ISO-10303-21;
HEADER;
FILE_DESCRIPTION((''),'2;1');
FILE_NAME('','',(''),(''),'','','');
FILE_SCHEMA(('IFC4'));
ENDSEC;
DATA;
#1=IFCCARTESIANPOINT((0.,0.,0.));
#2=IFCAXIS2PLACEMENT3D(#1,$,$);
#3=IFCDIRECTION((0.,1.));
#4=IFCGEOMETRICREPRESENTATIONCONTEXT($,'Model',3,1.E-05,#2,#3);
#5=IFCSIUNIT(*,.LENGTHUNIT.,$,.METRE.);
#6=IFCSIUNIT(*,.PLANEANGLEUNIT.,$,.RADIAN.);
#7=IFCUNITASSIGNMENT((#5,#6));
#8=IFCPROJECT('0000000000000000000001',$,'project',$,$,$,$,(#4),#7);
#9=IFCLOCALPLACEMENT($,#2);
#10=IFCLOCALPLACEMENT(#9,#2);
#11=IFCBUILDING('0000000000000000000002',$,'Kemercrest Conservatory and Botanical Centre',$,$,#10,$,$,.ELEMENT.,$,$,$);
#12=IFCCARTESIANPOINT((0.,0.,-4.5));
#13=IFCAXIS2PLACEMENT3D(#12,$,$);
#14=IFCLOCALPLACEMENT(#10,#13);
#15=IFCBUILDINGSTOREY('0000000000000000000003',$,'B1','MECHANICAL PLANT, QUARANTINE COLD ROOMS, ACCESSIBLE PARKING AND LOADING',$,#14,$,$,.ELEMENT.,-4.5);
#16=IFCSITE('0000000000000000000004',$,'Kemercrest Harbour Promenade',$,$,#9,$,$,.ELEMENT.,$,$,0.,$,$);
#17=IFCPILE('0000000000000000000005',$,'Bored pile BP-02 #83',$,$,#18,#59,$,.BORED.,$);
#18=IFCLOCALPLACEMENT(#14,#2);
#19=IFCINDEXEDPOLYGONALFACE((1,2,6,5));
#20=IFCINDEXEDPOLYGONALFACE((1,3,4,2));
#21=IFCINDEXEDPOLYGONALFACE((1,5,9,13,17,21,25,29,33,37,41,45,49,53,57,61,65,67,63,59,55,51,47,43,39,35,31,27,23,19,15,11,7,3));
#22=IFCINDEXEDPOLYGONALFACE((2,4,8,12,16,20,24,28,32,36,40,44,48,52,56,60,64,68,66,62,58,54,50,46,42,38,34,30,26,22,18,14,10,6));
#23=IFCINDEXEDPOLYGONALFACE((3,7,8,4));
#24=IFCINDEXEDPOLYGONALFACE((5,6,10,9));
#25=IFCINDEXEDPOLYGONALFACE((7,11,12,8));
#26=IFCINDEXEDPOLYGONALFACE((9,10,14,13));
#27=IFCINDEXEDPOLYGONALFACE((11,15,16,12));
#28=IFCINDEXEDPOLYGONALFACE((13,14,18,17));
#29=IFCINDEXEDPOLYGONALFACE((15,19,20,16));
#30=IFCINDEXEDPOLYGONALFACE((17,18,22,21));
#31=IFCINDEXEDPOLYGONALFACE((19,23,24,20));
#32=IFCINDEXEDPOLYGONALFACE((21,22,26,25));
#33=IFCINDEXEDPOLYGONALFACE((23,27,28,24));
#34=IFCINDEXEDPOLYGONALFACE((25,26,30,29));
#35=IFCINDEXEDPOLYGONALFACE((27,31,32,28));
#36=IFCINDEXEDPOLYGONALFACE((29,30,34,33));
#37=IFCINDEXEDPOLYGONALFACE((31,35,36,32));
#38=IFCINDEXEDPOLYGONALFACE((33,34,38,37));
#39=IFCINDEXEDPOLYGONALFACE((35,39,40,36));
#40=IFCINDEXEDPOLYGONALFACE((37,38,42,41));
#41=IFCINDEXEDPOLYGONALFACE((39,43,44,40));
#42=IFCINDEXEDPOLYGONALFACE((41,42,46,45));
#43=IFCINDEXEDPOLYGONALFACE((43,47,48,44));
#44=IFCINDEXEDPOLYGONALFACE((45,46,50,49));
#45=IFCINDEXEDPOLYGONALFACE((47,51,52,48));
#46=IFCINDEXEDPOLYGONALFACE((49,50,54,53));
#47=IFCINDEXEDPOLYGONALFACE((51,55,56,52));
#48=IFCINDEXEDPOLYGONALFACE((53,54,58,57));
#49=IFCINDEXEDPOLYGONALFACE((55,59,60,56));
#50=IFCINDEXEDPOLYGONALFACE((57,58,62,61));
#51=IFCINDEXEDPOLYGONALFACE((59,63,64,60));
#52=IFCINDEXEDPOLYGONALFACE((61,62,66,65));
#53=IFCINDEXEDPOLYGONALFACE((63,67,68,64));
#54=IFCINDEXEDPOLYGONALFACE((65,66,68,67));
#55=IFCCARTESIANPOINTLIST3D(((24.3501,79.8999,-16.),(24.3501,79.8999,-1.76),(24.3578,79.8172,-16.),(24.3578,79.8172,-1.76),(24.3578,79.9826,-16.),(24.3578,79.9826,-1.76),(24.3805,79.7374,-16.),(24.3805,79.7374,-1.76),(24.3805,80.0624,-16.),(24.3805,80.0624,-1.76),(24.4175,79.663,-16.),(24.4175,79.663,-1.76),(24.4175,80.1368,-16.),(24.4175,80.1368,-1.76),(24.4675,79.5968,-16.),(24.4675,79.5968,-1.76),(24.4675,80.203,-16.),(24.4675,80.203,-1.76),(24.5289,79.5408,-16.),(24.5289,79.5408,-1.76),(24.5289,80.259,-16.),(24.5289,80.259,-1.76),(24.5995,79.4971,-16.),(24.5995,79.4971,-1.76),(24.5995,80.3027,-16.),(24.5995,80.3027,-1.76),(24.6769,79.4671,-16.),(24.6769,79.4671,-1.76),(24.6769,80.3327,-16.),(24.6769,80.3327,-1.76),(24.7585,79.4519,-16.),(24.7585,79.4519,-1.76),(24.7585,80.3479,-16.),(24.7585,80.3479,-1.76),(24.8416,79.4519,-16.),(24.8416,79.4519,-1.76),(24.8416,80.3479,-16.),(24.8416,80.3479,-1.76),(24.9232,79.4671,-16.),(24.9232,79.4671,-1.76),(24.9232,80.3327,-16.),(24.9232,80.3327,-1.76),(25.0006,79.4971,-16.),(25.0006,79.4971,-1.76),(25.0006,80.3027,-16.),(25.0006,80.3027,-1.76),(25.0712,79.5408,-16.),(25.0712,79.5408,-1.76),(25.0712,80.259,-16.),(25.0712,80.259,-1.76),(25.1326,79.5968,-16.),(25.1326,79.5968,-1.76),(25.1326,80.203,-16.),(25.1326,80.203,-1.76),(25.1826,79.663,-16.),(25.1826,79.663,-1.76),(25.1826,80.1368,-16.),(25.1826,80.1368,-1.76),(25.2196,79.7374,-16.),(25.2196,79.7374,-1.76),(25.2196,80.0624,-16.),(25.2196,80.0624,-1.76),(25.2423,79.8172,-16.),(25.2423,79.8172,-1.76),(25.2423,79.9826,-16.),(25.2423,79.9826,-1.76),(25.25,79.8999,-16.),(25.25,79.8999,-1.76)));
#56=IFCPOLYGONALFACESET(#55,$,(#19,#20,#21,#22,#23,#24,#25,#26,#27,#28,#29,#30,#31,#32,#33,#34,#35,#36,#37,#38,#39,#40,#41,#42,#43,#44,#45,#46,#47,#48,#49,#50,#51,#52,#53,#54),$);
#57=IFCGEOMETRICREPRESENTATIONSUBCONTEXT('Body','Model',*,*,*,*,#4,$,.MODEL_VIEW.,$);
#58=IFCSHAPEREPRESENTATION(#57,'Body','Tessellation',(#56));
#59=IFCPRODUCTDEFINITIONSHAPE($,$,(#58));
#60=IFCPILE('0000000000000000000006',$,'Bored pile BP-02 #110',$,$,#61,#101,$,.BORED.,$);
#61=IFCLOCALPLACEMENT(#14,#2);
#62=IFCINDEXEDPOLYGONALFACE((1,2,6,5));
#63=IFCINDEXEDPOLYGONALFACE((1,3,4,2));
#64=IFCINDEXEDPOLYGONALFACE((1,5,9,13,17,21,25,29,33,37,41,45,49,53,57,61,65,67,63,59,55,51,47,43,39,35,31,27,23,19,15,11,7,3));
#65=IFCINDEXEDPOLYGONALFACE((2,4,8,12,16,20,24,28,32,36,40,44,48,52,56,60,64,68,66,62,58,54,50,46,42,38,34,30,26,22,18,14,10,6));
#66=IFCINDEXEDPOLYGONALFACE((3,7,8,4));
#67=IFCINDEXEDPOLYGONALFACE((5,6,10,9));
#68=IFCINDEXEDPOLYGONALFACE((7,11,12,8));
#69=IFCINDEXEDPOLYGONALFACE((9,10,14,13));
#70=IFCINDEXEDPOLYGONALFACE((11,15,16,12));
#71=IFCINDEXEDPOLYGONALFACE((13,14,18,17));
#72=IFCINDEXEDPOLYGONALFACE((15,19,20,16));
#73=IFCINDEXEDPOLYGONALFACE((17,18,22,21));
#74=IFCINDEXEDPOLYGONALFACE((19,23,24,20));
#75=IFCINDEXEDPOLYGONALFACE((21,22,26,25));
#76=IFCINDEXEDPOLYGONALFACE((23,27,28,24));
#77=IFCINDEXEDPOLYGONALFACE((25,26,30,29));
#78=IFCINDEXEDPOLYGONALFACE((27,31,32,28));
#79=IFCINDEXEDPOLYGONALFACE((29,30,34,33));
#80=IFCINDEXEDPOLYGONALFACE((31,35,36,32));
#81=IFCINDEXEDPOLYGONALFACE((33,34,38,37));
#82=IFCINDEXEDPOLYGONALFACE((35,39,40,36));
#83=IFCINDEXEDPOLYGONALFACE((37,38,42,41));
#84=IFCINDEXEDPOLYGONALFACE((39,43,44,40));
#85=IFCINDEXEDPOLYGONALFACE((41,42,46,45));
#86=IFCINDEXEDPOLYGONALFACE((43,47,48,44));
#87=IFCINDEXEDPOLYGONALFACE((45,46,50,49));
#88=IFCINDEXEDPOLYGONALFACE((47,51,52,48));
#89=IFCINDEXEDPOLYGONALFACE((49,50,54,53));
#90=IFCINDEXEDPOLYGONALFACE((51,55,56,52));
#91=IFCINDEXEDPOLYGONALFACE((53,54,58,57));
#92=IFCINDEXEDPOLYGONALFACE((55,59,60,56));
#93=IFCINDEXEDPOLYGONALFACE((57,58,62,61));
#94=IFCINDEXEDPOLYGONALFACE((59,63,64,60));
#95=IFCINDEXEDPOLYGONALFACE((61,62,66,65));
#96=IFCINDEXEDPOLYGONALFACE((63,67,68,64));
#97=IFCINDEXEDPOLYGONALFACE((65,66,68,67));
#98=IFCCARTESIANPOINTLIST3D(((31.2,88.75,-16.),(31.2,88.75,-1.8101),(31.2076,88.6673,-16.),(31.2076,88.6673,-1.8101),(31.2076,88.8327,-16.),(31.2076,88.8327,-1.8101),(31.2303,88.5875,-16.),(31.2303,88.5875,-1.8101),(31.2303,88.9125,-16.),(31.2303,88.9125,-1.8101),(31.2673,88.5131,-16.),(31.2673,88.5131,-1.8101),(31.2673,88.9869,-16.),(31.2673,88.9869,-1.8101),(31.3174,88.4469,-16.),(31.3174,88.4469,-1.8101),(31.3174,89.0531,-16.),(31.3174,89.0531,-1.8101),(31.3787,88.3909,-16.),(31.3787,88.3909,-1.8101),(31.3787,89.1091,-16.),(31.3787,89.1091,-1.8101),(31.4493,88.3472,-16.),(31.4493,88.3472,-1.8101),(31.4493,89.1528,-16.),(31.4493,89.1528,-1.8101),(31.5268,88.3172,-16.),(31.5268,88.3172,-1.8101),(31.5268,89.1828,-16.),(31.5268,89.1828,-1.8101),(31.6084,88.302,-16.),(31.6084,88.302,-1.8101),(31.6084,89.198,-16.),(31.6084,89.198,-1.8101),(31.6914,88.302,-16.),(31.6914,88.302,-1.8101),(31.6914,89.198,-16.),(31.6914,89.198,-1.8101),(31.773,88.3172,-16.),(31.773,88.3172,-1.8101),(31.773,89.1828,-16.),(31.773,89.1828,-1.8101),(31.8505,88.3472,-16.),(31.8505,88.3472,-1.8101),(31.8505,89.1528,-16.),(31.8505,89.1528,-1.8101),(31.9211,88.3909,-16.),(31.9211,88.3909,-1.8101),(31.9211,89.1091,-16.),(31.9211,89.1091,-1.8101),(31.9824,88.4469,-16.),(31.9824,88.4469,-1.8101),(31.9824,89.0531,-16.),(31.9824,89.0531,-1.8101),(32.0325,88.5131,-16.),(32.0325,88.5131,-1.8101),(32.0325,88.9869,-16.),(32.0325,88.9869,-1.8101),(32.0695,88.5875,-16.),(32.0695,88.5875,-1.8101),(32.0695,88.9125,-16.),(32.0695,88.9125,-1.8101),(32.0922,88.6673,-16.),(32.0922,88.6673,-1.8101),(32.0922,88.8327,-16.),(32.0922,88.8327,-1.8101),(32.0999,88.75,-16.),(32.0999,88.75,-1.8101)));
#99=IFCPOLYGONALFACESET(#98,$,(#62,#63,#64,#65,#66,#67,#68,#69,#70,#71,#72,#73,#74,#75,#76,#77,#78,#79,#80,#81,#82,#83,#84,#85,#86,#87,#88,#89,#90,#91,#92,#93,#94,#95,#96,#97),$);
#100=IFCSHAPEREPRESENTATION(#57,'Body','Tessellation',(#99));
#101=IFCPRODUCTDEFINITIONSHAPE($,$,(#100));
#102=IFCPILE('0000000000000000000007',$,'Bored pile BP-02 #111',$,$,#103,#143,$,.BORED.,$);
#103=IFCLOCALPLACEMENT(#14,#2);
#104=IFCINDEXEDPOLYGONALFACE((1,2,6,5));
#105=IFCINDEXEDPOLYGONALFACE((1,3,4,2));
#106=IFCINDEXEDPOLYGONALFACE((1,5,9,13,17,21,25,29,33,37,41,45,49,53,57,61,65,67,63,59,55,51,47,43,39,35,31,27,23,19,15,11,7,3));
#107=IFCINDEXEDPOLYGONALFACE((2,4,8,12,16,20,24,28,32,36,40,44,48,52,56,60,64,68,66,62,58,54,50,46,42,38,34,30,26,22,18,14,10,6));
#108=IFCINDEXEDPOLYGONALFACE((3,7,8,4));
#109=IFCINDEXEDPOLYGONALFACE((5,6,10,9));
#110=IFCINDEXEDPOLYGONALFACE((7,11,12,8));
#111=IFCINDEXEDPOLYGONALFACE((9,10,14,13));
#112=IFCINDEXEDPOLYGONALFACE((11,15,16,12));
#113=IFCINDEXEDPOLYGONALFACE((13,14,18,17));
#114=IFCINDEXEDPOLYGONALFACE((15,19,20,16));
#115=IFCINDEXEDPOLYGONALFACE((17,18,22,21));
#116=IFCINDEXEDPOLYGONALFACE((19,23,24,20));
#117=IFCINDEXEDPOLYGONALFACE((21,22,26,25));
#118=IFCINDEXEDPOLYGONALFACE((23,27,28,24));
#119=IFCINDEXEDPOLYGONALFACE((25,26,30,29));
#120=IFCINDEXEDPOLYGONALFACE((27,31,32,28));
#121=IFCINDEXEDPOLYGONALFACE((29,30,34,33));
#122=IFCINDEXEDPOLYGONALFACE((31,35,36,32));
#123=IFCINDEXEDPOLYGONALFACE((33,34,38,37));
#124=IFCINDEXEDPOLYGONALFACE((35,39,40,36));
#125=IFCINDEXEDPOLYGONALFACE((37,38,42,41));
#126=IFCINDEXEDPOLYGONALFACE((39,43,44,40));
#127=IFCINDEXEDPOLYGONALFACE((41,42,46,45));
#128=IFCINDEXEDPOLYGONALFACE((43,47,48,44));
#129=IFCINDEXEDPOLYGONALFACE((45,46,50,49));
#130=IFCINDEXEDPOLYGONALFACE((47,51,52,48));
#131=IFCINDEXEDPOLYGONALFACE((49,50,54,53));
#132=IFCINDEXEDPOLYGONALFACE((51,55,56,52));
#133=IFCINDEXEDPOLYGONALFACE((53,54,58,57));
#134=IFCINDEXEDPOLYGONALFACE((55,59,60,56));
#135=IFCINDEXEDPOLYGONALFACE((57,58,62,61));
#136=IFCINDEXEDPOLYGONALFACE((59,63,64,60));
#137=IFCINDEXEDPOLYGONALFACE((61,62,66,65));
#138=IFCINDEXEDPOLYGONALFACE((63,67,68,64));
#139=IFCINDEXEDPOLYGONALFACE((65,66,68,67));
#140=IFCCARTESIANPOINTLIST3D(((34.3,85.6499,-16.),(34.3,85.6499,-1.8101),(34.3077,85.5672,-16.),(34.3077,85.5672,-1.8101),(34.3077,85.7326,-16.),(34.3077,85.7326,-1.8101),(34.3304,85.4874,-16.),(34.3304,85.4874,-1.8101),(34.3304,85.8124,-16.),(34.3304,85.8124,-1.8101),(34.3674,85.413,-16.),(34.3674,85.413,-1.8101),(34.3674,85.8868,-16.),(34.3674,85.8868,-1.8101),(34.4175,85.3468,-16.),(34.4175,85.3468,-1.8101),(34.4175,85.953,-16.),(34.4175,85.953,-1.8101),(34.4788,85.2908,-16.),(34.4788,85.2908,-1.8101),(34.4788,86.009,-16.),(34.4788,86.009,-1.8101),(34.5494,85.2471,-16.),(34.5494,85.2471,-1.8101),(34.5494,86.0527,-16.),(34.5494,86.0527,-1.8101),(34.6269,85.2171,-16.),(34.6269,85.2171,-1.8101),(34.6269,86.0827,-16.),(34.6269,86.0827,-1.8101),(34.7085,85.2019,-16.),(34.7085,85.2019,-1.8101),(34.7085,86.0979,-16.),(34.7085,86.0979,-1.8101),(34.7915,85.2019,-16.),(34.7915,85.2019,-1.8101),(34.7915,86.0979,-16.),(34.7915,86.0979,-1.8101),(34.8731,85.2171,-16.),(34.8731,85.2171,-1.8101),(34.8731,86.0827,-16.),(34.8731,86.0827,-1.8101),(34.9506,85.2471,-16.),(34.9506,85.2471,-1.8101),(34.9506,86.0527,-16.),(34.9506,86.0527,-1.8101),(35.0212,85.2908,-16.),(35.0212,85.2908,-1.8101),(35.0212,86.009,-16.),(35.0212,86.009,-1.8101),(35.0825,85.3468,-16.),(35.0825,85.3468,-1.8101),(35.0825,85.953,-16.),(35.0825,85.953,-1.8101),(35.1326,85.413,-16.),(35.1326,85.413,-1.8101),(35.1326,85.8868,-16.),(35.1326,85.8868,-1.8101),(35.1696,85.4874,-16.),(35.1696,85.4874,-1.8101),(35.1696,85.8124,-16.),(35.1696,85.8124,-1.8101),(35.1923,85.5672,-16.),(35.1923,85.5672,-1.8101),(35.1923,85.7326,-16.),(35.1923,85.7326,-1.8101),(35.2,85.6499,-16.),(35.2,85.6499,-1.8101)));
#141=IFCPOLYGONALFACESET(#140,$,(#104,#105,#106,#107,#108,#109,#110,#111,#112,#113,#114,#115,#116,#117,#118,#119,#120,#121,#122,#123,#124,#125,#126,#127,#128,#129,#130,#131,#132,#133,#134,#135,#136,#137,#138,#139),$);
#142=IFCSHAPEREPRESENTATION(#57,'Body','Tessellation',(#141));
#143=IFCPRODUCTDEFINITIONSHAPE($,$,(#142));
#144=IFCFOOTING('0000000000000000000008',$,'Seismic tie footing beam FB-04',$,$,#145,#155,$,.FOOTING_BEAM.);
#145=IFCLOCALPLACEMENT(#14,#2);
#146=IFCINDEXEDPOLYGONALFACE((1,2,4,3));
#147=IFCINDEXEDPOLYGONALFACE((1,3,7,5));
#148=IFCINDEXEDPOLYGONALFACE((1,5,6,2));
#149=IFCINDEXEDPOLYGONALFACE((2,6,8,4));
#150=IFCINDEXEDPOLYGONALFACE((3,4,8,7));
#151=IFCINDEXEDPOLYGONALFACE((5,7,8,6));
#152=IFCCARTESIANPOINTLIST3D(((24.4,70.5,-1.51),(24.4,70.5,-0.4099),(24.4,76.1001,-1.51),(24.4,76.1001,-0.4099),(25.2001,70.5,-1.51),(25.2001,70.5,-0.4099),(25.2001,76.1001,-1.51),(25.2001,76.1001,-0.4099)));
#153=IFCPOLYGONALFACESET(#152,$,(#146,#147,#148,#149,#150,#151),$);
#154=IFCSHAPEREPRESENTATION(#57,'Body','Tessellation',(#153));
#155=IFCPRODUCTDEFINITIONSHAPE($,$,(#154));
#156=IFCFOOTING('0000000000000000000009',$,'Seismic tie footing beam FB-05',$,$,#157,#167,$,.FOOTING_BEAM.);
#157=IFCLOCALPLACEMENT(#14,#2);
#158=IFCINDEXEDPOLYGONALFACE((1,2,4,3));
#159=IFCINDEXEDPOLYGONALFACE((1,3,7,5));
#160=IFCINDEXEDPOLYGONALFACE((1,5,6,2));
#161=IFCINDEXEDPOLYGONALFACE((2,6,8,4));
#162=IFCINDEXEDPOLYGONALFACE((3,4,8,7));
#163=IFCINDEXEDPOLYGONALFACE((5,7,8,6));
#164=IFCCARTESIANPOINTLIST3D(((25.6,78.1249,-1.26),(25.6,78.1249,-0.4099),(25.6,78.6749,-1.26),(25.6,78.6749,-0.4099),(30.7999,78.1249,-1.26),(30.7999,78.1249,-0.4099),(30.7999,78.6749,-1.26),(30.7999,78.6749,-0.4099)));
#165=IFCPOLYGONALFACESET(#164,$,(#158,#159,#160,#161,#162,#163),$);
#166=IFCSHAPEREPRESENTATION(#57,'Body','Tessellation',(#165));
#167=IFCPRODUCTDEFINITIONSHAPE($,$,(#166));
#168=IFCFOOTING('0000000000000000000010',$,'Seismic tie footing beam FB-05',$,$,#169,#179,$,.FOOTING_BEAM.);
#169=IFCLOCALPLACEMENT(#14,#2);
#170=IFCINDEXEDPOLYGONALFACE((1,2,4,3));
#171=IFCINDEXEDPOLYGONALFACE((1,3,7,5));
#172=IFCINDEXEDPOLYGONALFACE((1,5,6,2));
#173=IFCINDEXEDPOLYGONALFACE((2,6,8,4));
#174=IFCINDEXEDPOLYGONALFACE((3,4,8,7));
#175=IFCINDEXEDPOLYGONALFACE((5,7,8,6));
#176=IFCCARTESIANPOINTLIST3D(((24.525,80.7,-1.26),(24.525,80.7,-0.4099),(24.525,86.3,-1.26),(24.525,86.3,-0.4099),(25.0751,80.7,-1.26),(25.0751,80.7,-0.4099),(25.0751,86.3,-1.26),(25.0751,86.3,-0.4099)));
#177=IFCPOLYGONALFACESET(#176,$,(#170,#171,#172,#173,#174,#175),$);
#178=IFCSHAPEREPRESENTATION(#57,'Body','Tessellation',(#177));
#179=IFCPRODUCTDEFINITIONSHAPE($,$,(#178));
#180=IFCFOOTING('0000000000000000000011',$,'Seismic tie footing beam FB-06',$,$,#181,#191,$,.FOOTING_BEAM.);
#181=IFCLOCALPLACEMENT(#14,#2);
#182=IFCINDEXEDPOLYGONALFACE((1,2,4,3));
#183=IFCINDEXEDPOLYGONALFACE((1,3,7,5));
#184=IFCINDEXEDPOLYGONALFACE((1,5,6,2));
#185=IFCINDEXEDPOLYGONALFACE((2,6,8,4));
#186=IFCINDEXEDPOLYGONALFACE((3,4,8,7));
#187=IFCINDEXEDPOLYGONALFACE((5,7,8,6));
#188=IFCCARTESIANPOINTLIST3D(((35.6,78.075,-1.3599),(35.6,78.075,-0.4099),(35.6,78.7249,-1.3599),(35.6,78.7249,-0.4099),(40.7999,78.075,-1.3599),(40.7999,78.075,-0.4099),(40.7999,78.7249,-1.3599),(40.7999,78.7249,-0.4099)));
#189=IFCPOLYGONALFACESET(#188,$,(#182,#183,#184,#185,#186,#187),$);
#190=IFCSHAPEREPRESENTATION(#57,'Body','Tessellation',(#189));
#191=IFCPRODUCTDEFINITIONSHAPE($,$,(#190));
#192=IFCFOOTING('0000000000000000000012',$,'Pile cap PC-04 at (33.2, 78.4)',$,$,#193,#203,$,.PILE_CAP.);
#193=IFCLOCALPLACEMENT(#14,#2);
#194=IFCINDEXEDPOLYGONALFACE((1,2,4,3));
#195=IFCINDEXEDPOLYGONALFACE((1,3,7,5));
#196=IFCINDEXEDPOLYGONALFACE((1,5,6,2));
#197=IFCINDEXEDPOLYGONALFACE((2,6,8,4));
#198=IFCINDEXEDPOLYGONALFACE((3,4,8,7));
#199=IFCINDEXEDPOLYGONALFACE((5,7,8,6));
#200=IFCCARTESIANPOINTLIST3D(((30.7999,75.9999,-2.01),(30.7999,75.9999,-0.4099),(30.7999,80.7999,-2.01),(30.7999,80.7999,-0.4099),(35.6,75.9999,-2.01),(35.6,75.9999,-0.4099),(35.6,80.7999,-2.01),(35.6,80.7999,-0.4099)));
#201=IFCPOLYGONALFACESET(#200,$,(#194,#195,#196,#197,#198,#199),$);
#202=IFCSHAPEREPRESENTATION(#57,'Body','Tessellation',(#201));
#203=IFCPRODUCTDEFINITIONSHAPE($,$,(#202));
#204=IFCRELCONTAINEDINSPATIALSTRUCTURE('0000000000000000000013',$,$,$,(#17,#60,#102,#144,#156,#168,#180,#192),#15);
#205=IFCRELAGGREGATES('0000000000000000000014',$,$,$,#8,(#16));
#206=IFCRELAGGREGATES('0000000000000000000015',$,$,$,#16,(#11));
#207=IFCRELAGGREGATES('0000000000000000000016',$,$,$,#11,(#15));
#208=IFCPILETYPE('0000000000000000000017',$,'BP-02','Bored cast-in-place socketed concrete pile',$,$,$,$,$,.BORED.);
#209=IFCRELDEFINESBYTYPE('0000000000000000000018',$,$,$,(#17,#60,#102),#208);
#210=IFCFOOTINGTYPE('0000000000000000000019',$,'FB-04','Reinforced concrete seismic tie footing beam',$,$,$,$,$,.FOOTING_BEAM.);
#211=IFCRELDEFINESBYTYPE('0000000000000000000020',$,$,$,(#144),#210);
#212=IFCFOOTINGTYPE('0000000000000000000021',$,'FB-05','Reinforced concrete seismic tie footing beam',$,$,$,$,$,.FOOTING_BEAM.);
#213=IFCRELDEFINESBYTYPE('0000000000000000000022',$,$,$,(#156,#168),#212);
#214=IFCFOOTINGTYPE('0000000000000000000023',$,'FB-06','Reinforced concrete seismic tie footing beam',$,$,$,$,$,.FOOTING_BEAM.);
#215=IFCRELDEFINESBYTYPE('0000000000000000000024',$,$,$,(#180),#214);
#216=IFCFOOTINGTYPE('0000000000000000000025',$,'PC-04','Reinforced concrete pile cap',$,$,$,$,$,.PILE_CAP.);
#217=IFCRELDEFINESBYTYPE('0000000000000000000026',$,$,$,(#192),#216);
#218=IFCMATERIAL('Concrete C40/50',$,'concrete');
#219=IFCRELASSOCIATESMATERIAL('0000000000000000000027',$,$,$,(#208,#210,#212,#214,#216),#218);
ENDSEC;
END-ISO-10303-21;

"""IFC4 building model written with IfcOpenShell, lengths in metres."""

from ifc_helpers import new_model, si_unit, direction, frame, origin, origin_2d, place, context, subcontext, project, spatial, rectangle, circle, extrude, material, material_profile, profile_set, type_object, element, save


model = new_model("IFC4")

# Units and contexts
model_context = context("Model", 3, precision=1e-05, world=origin(), true_north=direction((0.0, 1.0)))
body_context = subcontext(model_context, "Body", "Model", "MODEL_VIEW")
ifc_project = project(units=[si_unit("LENGTHUNIT", "METRE"), si_unit("PLANEANGLEUNIT", "RADIAN")], contexts=[model_context])

# Site, building, storey
site_placement = place(None, origin())
site = spatial("IfcSite", under=ifc_project, at=site_placement, Name="Kemercrest Harbour Promenade", CompositionType="ELEMENT", RefElevation=0.0)
building_placement = place(site_placement, origin())
building = spatial("IfcBuilding", under=site, at=building_placement, Name="Kemercrest Conservatory and Botanical Centre", CompositionType="ELEMENT")
storey_placement = place(building_placement, frame((0.0, 0.0, -4.5)))
storey = spatial("IfcBuildingStorey", under=building, at=storey_placement, Name="B1", Description="MECHANICAL PLANT, QUARANTINE COLD ROOMS, ACCESSIBLE PARKING AND LOADING", CompositionType="ELEMENT", Elevation=-4.5)

# Piles
ifc_material_1 = material(Name="Concrete C40/50", Category="concrete")
ifc_material_profile_1 = material_profile(ifc_material_1, circle(Radius=0.45, at=origin_2d()), Name="BORED PILE 900")
ifc_profile_set_1 = profile_set([ifc_material_profile_1], Name="Concrete C40/50")
pile_type_1 = type_object("IfcPileType", Name="BP-02", Description="Bored cast-in-place socketed concrete pile", PredefinedType="BORED", material=ifc_profile_set_1)
for number, where, z_axis, x_axis, name in (
    (1, (24.8, 79.8999, -1.76), (0.0, 0.0, -1.0), (1.0, 0.0, 0.0), "Bored pile BP-02 #83"),
):
    element("IfcPile", number, at=place(storey_placement, frame(where, z_axis=z_axis, x_axis=x_axis)), inside=storey, type_object=pile_type_1, Name=name, PredefinedType="BORED", context=body_context, shape_type="SweptSolid", body=[
        extrude(circle(Radius=0.45, at=origin_2d()), origin(), (0.0, 0.0, 1.0), 14.24),
    ])
for number, where, z_axis, x_axis, name in (
    (2, (31.6499, 88.75, -1.8101), (0.0, 0.0, -1.0), (1.0, 0.0, 0.0), "Bored pile BP-02 #110"),
    (3, (34.75, 85.6499, -1.8101), (0.0, 0.0, -1.0), (1.0, 0.0, 0.0), "Bored pile BP-02 #111"),
):
    element("IfcPile", number, at=place(storey_placement, frame(where, z_axis=z_axis, x_axis=x_axis)), inside=storey, type_object=pile_type_1, Name=name, PredefinedType="BORED", context=body_context, shape_type="SweptSolid", body=[
        extrude(circle(Radius=0.45, at=origin_2d()), origin(), (0.0, 0.0, 1.0), 14.1899),
    ])

# Footings
footing_type_1 = type_object("IfcFootingType", Name="FB-04", Description="Reinforced concrete seismic tie footing beam", PredefinedType="FOOTING_BEAM", material=ifc_material_1)
footing_1_placement = place(storey_placement, frame((24.8, 73.3, -1.51), z_axis=(0.0, 0.0, 1.0), x_axis=(1.0, 0.0, 0.0)))
element("IfcFooting", 4, at=footing_1_placement, inside=storey, type_object=footing_type_1, Name="Seismic tie footing beam FB-04", PredefinedType="FOOTING_BEAM", context=body_context, shape_type="SweptSolid", body=[
    extrude(rectangle(XDim=0.8, YDim=5.6001, at=origin_2d()), origin(), (0.0, 0.0, 1.0), 1.1001),
])
footing_type_2 = type_object("IfcFootingType", Name="FB-05", Description="Reinforced concrete seismic tie footing beam", PredefinedType="FOOTING_BEAM", material=ifc_material_1)
footing_2_placement = place(storey_placement, frame((28.2, 78.3999, -1.26), z_axis=(0.0, 0.0, 1.0), x_axis=(1.0, 0.0, 0.0)))
element("IfcFooting", 5, at=footing_2_placement, inside=storey, type_object=footing_type_2, Name="Seismic tie footing beam FB-05", PredefinedType="FOOTING_BEAM", context=body_context, shape_type="SweptSolid", body=[
    extrude(rectangle(XDim=5.2, YDim=0.55, at=origin_2d()), origin(), (0.0, 0.0, 1.0), 0.8501),
])
footing_3_placement = place(storey_placement, frame((24.8, 83.5, -1.26), z_axis=(0.0, 0.0, 1.0), x_axis=(1.0, 0.0, 0.0)))
element("IfcFooting", 6, at=footing_3_placement, inside=storey, type_object=footing_type_2, Name="Seismic tie footing beam FB-05", PredefinedType="FOOTING_BEAM", context=body_context, shape_type="SweptSolid", body=[
    extrude(rectangle(XDim=0.55, YDim=5.6001, at=origin_2d()), origin(), (0.0, 0.0, 1.0), 0.8501),
])
footing_type_3 = type_object("IfcFootingType", Name="FB-06", Description="Reinforced concrete seismic tie footing beam", PredefinedType="FOOTING_BEAM", material=ifc_material_1)
footing_4_placement = place(storey_placement, frame((38.2, 78.3999, -1.3599), z_axis=(0.0, 0.0, 1.0), x_axis=(1.0, 0.0, 0.0)))
element("IfcFooting", 7, at=footing_4_placement, inside=storey, type_object=footing_type_3, Name="Seismic tie footing beam FB-06", PredefinedType="FOOTING_BEAM", context=body_context, shape_type="SweptSolid", body=[
    extrude(rectangle(XDim=5.2, YDim=0.6499, at=origin_2d()), origin(), (0.0, 0.0, 1.0), 0.95),
])
footing_type_4 = type_object("IfcFootingType", Name="PC-04", Description="Reinforced concrete pile cap", PredefinedType="PILE_CAP", material=ifc_material_1)
footing_5_placement = place(storey_placement, frame((33.2, 78.3999, -2.01), z_axis=(0.0, 0.0, 1.0), x_axis=(1.0, 0.0, 0.0)))
element("IfcFooting", 8, at=footing_5_placement, inside=storey, type_object=footing_type_4, Name="Pile cap PC-04 at (33.2, 78.4)", PredefinedType="PILE_CAP", context=body_context, shape_type="SweptSolid", body=[
    extrude(rectangle(XDim=4.8, YDim=4.8, at=origin_2d()), origin(), (0.0, 0.0, 1.0), 1.6001),
])

save(model, "model.ifc")
